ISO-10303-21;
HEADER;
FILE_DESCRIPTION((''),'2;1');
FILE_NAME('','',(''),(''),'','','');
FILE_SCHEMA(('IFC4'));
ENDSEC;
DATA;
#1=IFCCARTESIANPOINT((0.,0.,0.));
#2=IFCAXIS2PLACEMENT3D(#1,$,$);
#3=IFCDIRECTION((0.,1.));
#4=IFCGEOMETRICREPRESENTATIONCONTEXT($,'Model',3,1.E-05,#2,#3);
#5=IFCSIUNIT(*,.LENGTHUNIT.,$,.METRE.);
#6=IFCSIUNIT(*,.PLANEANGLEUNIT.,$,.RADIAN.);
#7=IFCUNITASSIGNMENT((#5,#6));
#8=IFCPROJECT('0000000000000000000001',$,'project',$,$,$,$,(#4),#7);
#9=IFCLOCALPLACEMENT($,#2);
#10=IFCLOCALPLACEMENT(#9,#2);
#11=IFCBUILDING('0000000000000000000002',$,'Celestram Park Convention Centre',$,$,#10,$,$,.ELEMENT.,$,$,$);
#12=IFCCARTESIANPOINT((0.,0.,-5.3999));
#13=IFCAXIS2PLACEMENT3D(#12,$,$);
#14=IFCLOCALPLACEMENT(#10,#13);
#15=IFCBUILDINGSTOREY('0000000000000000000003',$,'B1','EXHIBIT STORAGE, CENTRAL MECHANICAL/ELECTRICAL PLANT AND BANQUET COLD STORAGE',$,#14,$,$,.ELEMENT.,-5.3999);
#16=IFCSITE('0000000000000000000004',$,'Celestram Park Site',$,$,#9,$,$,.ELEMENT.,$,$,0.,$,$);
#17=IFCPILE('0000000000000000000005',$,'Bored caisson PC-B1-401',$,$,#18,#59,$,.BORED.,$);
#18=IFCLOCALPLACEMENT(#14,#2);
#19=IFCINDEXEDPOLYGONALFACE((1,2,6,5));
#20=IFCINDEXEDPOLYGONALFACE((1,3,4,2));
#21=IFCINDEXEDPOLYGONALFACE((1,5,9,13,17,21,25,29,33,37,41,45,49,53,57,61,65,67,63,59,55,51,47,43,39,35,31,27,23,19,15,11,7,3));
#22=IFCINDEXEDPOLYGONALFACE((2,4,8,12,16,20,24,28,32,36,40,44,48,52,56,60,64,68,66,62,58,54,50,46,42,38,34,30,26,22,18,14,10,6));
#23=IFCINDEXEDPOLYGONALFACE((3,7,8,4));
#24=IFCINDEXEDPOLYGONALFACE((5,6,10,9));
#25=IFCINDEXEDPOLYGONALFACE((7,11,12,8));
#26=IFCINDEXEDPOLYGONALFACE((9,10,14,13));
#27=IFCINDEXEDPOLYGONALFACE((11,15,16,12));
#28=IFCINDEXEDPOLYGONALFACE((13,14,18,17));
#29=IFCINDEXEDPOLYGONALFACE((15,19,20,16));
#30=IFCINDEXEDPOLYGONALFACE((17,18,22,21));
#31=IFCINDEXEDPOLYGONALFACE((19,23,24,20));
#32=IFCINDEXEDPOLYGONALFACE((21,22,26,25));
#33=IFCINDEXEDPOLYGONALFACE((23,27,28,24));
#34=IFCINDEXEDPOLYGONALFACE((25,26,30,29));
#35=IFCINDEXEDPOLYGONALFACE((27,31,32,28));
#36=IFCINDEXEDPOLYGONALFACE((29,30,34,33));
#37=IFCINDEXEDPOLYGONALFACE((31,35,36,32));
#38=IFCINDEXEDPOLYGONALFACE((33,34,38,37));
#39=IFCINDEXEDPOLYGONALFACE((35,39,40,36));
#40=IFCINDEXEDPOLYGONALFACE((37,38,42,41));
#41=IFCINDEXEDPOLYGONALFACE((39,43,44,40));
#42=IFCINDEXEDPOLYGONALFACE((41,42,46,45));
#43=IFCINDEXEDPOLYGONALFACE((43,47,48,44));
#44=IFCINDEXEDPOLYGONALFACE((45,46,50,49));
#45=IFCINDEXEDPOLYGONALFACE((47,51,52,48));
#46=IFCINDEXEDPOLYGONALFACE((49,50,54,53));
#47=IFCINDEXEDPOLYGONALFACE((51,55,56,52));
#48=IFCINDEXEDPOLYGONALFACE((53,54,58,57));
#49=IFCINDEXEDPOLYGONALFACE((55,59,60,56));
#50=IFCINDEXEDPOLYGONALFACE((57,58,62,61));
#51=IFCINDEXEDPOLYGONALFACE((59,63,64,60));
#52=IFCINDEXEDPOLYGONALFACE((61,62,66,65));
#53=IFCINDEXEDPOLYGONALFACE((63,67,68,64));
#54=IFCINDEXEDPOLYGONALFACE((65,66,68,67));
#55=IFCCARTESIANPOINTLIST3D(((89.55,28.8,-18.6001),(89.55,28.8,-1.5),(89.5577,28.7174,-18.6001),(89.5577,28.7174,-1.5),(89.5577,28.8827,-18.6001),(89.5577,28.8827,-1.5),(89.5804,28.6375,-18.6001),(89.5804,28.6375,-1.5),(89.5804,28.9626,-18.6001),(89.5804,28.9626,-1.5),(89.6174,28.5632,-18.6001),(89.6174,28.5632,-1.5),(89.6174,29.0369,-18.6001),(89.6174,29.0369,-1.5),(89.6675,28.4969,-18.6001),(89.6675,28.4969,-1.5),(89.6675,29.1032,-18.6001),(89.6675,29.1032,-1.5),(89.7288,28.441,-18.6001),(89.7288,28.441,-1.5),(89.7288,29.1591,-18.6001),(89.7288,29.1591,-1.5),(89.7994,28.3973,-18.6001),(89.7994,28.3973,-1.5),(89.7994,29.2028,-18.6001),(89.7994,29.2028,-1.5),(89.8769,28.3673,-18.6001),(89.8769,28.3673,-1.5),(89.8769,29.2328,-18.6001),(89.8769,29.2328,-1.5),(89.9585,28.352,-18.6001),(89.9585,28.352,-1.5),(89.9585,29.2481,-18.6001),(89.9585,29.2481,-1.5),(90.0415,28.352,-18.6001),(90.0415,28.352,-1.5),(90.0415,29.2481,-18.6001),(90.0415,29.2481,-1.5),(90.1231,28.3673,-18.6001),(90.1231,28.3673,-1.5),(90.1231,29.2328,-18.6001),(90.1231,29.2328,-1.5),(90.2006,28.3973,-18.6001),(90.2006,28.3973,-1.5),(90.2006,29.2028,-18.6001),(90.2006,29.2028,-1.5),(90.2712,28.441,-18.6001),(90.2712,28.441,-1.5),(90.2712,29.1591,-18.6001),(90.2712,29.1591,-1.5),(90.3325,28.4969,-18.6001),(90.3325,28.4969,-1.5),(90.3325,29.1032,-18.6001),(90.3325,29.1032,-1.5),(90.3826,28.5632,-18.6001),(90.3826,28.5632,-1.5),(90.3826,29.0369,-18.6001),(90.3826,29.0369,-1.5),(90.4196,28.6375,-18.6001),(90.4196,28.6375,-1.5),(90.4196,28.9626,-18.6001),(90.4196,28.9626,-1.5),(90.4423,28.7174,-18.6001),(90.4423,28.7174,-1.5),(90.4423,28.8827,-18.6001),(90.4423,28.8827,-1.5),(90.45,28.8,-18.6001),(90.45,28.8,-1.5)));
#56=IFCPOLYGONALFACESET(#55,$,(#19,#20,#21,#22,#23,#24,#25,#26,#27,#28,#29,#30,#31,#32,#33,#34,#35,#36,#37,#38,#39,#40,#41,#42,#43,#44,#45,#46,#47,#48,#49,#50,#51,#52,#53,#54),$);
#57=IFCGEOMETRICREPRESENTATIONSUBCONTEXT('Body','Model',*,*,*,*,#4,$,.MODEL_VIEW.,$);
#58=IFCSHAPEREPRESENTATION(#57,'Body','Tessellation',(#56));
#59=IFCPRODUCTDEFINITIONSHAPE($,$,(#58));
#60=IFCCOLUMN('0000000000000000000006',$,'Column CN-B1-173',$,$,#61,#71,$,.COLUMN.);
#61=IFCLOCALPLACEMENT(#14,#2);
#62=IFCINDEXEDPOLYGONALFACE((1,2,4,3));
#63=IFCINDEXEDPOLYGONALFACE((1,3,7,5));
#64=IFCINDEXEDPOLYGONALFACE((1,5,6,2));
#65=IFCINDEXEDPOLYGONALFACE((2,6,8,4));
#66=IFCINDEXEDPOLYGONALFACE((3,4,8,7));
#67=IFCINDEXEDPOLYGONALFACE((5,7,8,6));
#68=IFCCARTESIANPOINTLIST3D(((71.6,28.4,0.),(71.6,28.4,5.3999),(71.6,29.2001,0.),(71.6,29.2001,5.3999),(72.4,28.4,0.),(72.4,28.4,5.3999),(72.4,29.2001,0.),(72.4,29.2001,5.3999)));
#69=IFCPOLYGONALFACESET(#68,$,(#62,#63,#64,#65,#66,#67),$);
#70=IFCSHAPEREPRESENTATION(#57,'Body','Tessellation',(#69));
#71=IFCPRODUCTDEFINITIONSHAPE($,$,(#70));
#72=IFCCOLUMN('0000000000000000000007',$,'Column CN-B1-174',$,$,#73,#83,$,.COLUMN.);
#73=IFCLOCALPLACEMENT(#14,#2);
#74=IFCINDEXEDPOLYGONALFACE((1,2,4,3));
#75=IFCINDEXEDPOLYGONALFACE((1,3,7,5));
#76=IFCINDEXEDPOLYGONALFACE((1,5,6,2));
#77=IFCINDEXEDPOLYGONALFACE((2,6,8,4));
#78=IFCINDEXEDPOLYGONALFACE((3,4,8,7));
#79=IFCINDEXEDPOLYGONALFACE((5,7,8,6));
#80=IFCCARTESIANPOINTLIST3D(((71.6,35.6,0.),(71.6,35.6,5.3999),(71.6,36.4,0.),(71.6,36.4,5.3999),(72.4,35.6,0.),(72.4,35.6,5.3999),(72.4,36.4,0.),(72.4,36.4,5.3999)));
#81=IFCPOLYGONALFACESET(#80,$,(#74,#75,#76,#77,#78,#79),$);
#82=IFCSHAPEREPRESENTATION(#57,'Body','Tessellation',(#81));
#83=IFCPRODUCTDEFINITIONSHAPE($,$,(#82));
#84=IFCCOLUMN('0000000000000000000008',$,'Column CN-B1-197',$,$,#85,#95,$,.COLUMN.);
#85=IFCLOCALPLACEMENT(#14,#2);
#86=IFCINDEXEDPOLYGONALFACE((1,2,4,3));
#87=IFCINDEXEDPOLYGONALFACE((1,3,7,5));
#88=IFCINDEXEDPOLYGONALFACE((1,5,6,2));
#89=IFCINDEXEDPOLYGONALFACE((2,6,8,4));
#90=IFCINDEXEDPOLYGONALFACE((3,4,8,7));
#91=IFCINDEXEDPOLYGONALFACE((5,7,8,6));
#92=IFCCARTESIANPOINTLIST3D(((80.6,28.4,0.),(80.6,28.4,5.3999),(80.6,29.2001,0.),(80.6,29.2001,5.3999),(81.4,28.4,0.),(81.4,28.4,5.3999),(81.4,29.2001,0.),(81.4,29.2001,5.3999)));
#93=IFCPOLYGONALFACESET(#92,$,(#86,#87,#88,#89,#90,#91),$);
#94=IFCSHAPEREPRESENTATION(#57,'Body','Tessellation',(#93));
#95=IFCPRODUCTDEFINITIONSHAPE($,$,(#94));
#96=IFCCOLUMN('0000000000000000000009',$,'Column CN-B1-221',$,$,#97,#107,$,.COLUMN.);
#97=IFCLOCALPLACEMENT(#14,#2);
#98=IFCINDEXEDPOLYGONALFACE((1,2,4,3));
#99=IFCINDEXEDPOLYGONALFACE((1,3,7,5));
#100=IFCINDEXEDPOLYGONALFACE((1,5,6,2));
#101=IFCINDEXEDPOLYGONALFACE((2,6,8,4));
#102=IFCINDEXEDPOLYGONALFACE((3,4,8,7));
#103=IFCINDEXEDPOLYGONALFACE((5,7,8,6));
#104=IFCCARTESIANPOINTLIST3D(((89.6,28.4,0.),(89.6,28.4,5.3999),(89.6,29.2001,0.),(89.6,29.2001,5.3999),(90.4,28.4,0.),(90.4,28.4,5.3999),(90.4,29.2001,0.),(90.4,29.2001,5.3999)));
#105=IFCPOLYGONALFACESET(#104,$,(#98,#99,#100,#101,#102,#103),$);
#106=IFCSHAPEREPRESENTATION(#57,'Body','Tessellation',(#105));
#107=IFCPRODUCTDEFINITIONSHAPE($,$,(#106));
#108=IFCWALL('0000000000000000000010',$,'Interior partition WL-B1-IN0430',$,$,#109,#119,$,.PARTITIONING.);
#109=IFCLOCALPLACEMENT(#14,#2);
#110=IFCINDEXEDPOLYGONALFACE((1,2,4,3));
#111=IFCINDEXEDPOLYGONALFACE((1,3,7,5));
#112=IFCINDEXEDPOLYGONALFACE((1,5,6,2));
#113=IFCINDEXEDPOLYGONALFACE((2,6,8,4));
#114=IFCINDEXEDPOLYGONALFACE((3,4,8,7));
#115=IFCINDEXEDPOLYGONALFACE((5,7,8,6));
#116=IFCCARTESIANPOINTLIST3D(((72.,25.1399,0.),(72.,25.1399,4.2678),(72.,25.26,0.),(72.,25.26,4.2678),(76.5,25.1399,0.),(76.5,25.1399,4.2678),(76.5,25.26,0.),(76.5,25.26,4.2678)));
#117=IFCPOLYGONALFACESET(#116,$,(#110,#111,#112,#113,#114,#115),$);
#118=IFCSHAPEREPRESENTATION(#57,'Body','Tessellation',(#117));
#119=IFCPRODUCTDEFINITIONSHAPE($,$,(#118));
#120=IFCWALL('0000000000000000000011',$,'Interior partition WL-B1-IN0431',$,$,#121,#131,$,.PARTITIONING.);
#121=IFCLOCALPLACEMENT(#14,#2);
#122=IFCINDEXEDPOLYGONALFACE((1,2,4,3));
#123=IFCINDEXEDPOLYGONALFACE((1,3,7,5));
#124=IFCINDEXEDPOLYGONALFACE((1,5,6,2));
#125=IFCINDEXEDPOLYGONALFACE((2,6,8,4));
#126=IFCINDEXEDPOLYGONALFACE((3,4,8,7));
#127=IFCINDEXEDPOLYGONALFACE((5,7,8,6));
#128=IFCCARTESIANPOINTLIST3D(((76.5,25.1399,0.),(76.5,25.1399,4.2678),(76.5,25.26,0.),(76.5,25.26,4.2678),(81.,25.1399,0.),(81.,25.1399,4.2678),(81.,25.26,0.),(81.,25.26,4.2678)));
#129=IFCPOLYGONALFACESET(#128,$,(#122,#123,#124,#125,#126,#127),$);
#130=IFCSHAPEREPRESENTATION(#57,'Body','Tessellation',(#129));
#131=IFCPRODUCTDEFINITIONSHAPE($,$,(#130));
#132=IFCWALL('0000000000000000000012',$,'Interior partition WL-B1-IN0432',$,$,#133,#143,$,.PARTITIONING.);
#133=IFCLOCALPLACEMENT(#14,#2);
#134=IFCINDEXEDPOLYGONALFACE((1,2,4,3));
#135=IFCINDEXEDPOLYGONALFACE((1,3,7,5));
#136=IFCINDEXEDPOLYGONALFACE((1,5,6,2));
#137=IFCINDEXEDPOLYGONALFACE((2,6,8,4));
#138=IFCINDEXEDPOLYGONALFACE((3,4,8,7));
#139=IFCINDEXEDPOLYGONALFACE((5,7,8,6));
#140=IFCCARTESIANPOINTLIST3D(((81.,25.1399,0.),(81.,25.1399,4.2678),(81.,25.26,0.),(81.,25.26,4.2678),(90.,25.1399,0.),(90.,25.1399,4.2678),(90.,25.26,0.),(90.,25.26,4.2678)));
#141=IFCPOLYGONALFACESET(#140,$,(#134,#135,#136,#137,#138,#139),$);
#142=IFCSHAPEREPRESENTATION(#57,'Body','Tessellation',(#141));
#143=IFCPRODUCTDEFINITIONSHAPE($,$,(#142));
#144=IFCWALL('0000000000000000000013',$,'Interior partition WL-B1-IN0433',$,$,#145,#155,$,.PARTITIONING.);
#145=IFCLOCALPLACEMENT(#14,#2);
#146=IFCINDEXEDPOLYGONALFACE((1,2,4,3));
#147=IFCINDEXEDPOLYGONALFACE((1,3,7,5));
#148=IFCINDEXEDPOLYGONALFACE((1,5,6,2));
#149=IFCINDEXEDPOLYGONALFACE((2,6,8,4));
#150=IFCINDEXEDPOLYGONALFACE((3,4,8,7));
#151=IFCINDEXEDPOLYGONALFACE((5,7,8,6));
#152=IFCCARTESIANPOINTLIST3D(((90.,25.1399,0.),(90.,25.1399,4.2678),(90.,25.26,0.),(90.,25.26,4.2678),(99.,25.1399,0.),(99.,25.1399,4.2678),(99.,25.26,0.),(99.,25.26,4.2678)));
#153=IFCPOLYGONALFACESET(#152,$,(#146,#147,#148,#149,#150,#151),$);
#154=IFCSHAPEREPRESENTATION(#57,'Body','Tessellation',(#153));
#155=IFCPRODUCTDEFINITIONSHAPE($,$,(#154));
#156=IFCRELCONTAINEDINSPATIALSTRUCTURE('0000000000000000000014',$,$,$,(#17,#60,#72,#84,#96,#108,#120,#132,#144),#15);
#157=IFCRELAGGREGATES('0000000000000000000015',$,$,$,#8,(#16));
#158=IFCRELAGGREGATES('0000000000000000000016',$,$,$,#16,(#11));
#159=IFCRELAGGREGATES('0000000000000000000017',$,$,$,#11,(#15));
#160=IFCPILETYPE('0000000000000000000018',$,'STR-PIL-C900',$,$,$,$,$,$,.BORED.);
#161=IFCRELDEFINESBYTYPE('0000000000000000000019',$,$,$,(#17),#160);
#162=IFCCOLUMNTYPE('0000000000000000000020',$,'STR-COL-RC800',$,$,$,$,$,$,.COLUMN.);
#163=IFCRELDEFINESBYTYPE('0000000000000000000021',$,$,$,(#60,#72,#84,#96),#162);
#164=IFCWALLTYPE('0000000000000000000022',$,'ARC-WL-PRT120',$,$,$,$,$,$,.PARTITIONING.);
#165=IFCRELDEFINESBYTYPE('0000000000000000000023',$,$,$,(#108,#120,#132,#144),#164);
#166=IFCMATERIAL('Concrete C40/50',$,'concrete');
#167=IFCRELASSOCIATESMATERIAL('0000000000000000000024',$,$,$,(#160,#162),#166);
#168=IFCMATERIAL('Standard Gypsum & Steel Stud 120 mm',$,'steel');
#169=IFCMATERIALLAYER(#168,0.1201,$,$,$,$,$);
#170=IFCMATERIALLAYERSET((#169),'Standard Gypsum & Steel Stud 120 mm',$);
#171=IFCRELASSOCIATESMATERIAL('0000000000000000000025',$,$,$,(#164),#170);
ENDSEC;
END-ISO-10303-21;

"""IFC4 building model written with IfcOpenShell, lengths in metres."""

from ifc_helpers import new_model, si_unit, direction, frame, frame_2d, origin, origin_2d, place, context, subcontext, project, spatial, rectangle, circle, extrude, material, layer, layer_set, material_profile, profile_set, type_object, element, save


model = new_model("IFC4")

# Units and contexts
model_context = context("Model", 3, precision=1e-05, world=origin(), true_north=direction((0.0, 1.0)))
body_context = subcontext(model_context, "Body", "Model", "MODEL_VIEW")
ifc_project = project(units=[si_unit("LENGTHUNIT", "METRE"), si_unit("PLANEANGLEUNIT", "RADIAN")], contexts=[model_context])

# Site, building, storey
site_placement = place(None, origin())
site = spatial("IfcSite", under=ifc_project, at=site_placement, Name="Celestram Park Site", CompositionType="ELEMENT", RefElevation=0.0)
building_placement = place(site_placement, origin())
building = spatial("IfcBuilding", under=site, at=building_placement, Name="Celestram Park Convention Centre", CompositionType="ELEMENT")
storey_placement = place(building_placement, frame((0.0, 0.0, -5.3999)))
storey = spatial("IfcBuildingStorey", under=building, at=storey_placement, Name="B1", Description="EXHIBIT STORAGE, CENTRAL MECHANICAL/ELECTRICAL PLANT AND BANQUET COLD STORAGE", CompositionType="ELEMENT", Elevation=-5.3999)

# Shared definitions
ifc_material_1 = material(Name="Concrete C40/50", Category="concrete")

# Pile
ifc_material_profile_1 = material_profile(ifc_material_1, circle(Radius=0.45, at=origin_2d()), Name="CAISSON900")
ifc_profile_set_1 = profile_set([ifc_material_profile_1], Name="Concrete C40/50")
pile_type_1 = type_object("IfcPileType", Name="STR-PIL-C900", PredefinedType="BORED", material=ifc_profile_set_1)
for number, where, z_axis, x_axis, name in (
    (1, (90.0, 28.8, -1.5), (0.0, 0.0, -1.0), (1.0, 0.0, 0.0), "Bored caisson PC-B1-401"),
):
    element("IfcPile", number, at=place(storey_placement, frame(where, z_axis=z_axis, x_axis=x_axis)), inside=storey, type_object=pile_type_1, Name=name, PredefinedType="BORED", context=body_context, shape_type="SweptSolid", body=[
        extrude(circle(Radius=0.45, at=origin_2d()), origin(), (0.0, 0.0, 1.0), 17.1001),
    ])

# Columns
ifc_material_profile_2 = material_profile(ifc_material_1, rectangle(XDim=0.8, YDim=0.8, at=origin_2d()), Name="RC800X800")
ifc_profile_set_2 = profile_set([ifc_material_profile_2], Name="Concrete C40/50")
column_type = type_object("IfcColumnType", Name="STR-COL-RC800", PredefinedType="COLUMN", material=ifc_profile_set_2)
for number, where, z_axis, x_axis, name in (
    (2, (72.0, 28.8, 0.0), (0.0, 0.0, 1.0), (1.0, 0.0, 0.0), "Column CN-B1-173"),
    (3, (72.0, 36.0, 0.0), (0.0, 0.0, 1.0), (1.0, 0.0, 0.0), "Column CN-B1-174"),
    (4, (81.0, 28.8, 0.0), (0.0, 0.0, 1.0), (1.0, 0.0, 0.0), "Column CN-B1-197"),
    (5, (90.0, 28.8, 0.0), (0.0, 0.0, 1.0), (1.0, 0.0, 0.0), "Column CN-B1-221"),
):
    element("IfcColumn", number, at=place(storey_placement, frame(where, z_axis=z_axis, x_axis=x_axis)), inside=storey, type_object=column_type, Name=name, PredefinedType="COLUMN", context=body_context, shape_type="SweptSolid", body=[
        extrude(rectangle(XDim=0.8, YDim=0.8, at=origin_2d()), origin(), (0.0, 0.0, 1.0), 5.3999),
    ])

# Walls
ifc_material_2 = material(Name="Standard Gypsum & Steel Stud 120 mm", Category="steel")
ifc_layer = layer(ifc_material_2, 0.1201)
ifc_layer_set = layer_set([ifc_layer], Name="Standard Gypsum & Steel Stud 120 mm")
wall_type = type_object("IfcWallType", Name="ARC-WL-PRT120", PredefinedType="PARTITIONING", material=ifc_layer_set)
for number, where, z_axis, x_axis, name in (
    (6, (72.0, 25.2, 0.0), (0.0, 0.0, 1.0), (1.0, 0.0, 0.0), "Interior partition WL-B1-IN0430"),
    (7, (76.5, 25.2, 0.0), (0.0, 0.0, 1.0), (1.0, 0.0, 0.0), "Interior partition WL-B1-IN0431"),
):
    element("IfcWall", number, at=place(storey_placement, frame(where, z_axis=z_axis, x_axis=x_axis)), inside=storey, type_object=wall_type, Name=name, PredefinedType="PARTITIONING", context=body_context, shape_type="SweptSolid", body=[
        extrude(rectangle(XDim=4.5, YDim=0.1201, at=frame_2d((2.25, 0.0))), origin(), (0.0, 0.0, 1.0), 4.2678),
    ])
for number, where, z_axis, x_axis, name in (
    (8, (81.0, 25.2, 0.0), (0.0, 0.0, 1.0), (1.0, 0.0, 0.0), "Interior partition WL-B1-IN0432"),
    (9, (90.0, 25.2, 0.0), (0.0, 0.0, 1.0), (1.0, 0.0, 0.0), "Interior partition WL-B1-IN0433"),
):
    element("IfcWall", number, at=place(storey_placement, frame(where, z_axis=z_axis, x_axis=x_axis)), inside=storey, type_object=wall_type, Name=name, PredefinedType="PARTITIONING", context=body_context, shape_type="SweptSolid", body=[
        extrude(rectangle(XDim=9.0, YDim=0.1201, at=frame_2d((4.5, 0.0))), origin(), (0.0, 0.0, 1.0), 4.2678),
    ])

save(model, "model.ifc")
